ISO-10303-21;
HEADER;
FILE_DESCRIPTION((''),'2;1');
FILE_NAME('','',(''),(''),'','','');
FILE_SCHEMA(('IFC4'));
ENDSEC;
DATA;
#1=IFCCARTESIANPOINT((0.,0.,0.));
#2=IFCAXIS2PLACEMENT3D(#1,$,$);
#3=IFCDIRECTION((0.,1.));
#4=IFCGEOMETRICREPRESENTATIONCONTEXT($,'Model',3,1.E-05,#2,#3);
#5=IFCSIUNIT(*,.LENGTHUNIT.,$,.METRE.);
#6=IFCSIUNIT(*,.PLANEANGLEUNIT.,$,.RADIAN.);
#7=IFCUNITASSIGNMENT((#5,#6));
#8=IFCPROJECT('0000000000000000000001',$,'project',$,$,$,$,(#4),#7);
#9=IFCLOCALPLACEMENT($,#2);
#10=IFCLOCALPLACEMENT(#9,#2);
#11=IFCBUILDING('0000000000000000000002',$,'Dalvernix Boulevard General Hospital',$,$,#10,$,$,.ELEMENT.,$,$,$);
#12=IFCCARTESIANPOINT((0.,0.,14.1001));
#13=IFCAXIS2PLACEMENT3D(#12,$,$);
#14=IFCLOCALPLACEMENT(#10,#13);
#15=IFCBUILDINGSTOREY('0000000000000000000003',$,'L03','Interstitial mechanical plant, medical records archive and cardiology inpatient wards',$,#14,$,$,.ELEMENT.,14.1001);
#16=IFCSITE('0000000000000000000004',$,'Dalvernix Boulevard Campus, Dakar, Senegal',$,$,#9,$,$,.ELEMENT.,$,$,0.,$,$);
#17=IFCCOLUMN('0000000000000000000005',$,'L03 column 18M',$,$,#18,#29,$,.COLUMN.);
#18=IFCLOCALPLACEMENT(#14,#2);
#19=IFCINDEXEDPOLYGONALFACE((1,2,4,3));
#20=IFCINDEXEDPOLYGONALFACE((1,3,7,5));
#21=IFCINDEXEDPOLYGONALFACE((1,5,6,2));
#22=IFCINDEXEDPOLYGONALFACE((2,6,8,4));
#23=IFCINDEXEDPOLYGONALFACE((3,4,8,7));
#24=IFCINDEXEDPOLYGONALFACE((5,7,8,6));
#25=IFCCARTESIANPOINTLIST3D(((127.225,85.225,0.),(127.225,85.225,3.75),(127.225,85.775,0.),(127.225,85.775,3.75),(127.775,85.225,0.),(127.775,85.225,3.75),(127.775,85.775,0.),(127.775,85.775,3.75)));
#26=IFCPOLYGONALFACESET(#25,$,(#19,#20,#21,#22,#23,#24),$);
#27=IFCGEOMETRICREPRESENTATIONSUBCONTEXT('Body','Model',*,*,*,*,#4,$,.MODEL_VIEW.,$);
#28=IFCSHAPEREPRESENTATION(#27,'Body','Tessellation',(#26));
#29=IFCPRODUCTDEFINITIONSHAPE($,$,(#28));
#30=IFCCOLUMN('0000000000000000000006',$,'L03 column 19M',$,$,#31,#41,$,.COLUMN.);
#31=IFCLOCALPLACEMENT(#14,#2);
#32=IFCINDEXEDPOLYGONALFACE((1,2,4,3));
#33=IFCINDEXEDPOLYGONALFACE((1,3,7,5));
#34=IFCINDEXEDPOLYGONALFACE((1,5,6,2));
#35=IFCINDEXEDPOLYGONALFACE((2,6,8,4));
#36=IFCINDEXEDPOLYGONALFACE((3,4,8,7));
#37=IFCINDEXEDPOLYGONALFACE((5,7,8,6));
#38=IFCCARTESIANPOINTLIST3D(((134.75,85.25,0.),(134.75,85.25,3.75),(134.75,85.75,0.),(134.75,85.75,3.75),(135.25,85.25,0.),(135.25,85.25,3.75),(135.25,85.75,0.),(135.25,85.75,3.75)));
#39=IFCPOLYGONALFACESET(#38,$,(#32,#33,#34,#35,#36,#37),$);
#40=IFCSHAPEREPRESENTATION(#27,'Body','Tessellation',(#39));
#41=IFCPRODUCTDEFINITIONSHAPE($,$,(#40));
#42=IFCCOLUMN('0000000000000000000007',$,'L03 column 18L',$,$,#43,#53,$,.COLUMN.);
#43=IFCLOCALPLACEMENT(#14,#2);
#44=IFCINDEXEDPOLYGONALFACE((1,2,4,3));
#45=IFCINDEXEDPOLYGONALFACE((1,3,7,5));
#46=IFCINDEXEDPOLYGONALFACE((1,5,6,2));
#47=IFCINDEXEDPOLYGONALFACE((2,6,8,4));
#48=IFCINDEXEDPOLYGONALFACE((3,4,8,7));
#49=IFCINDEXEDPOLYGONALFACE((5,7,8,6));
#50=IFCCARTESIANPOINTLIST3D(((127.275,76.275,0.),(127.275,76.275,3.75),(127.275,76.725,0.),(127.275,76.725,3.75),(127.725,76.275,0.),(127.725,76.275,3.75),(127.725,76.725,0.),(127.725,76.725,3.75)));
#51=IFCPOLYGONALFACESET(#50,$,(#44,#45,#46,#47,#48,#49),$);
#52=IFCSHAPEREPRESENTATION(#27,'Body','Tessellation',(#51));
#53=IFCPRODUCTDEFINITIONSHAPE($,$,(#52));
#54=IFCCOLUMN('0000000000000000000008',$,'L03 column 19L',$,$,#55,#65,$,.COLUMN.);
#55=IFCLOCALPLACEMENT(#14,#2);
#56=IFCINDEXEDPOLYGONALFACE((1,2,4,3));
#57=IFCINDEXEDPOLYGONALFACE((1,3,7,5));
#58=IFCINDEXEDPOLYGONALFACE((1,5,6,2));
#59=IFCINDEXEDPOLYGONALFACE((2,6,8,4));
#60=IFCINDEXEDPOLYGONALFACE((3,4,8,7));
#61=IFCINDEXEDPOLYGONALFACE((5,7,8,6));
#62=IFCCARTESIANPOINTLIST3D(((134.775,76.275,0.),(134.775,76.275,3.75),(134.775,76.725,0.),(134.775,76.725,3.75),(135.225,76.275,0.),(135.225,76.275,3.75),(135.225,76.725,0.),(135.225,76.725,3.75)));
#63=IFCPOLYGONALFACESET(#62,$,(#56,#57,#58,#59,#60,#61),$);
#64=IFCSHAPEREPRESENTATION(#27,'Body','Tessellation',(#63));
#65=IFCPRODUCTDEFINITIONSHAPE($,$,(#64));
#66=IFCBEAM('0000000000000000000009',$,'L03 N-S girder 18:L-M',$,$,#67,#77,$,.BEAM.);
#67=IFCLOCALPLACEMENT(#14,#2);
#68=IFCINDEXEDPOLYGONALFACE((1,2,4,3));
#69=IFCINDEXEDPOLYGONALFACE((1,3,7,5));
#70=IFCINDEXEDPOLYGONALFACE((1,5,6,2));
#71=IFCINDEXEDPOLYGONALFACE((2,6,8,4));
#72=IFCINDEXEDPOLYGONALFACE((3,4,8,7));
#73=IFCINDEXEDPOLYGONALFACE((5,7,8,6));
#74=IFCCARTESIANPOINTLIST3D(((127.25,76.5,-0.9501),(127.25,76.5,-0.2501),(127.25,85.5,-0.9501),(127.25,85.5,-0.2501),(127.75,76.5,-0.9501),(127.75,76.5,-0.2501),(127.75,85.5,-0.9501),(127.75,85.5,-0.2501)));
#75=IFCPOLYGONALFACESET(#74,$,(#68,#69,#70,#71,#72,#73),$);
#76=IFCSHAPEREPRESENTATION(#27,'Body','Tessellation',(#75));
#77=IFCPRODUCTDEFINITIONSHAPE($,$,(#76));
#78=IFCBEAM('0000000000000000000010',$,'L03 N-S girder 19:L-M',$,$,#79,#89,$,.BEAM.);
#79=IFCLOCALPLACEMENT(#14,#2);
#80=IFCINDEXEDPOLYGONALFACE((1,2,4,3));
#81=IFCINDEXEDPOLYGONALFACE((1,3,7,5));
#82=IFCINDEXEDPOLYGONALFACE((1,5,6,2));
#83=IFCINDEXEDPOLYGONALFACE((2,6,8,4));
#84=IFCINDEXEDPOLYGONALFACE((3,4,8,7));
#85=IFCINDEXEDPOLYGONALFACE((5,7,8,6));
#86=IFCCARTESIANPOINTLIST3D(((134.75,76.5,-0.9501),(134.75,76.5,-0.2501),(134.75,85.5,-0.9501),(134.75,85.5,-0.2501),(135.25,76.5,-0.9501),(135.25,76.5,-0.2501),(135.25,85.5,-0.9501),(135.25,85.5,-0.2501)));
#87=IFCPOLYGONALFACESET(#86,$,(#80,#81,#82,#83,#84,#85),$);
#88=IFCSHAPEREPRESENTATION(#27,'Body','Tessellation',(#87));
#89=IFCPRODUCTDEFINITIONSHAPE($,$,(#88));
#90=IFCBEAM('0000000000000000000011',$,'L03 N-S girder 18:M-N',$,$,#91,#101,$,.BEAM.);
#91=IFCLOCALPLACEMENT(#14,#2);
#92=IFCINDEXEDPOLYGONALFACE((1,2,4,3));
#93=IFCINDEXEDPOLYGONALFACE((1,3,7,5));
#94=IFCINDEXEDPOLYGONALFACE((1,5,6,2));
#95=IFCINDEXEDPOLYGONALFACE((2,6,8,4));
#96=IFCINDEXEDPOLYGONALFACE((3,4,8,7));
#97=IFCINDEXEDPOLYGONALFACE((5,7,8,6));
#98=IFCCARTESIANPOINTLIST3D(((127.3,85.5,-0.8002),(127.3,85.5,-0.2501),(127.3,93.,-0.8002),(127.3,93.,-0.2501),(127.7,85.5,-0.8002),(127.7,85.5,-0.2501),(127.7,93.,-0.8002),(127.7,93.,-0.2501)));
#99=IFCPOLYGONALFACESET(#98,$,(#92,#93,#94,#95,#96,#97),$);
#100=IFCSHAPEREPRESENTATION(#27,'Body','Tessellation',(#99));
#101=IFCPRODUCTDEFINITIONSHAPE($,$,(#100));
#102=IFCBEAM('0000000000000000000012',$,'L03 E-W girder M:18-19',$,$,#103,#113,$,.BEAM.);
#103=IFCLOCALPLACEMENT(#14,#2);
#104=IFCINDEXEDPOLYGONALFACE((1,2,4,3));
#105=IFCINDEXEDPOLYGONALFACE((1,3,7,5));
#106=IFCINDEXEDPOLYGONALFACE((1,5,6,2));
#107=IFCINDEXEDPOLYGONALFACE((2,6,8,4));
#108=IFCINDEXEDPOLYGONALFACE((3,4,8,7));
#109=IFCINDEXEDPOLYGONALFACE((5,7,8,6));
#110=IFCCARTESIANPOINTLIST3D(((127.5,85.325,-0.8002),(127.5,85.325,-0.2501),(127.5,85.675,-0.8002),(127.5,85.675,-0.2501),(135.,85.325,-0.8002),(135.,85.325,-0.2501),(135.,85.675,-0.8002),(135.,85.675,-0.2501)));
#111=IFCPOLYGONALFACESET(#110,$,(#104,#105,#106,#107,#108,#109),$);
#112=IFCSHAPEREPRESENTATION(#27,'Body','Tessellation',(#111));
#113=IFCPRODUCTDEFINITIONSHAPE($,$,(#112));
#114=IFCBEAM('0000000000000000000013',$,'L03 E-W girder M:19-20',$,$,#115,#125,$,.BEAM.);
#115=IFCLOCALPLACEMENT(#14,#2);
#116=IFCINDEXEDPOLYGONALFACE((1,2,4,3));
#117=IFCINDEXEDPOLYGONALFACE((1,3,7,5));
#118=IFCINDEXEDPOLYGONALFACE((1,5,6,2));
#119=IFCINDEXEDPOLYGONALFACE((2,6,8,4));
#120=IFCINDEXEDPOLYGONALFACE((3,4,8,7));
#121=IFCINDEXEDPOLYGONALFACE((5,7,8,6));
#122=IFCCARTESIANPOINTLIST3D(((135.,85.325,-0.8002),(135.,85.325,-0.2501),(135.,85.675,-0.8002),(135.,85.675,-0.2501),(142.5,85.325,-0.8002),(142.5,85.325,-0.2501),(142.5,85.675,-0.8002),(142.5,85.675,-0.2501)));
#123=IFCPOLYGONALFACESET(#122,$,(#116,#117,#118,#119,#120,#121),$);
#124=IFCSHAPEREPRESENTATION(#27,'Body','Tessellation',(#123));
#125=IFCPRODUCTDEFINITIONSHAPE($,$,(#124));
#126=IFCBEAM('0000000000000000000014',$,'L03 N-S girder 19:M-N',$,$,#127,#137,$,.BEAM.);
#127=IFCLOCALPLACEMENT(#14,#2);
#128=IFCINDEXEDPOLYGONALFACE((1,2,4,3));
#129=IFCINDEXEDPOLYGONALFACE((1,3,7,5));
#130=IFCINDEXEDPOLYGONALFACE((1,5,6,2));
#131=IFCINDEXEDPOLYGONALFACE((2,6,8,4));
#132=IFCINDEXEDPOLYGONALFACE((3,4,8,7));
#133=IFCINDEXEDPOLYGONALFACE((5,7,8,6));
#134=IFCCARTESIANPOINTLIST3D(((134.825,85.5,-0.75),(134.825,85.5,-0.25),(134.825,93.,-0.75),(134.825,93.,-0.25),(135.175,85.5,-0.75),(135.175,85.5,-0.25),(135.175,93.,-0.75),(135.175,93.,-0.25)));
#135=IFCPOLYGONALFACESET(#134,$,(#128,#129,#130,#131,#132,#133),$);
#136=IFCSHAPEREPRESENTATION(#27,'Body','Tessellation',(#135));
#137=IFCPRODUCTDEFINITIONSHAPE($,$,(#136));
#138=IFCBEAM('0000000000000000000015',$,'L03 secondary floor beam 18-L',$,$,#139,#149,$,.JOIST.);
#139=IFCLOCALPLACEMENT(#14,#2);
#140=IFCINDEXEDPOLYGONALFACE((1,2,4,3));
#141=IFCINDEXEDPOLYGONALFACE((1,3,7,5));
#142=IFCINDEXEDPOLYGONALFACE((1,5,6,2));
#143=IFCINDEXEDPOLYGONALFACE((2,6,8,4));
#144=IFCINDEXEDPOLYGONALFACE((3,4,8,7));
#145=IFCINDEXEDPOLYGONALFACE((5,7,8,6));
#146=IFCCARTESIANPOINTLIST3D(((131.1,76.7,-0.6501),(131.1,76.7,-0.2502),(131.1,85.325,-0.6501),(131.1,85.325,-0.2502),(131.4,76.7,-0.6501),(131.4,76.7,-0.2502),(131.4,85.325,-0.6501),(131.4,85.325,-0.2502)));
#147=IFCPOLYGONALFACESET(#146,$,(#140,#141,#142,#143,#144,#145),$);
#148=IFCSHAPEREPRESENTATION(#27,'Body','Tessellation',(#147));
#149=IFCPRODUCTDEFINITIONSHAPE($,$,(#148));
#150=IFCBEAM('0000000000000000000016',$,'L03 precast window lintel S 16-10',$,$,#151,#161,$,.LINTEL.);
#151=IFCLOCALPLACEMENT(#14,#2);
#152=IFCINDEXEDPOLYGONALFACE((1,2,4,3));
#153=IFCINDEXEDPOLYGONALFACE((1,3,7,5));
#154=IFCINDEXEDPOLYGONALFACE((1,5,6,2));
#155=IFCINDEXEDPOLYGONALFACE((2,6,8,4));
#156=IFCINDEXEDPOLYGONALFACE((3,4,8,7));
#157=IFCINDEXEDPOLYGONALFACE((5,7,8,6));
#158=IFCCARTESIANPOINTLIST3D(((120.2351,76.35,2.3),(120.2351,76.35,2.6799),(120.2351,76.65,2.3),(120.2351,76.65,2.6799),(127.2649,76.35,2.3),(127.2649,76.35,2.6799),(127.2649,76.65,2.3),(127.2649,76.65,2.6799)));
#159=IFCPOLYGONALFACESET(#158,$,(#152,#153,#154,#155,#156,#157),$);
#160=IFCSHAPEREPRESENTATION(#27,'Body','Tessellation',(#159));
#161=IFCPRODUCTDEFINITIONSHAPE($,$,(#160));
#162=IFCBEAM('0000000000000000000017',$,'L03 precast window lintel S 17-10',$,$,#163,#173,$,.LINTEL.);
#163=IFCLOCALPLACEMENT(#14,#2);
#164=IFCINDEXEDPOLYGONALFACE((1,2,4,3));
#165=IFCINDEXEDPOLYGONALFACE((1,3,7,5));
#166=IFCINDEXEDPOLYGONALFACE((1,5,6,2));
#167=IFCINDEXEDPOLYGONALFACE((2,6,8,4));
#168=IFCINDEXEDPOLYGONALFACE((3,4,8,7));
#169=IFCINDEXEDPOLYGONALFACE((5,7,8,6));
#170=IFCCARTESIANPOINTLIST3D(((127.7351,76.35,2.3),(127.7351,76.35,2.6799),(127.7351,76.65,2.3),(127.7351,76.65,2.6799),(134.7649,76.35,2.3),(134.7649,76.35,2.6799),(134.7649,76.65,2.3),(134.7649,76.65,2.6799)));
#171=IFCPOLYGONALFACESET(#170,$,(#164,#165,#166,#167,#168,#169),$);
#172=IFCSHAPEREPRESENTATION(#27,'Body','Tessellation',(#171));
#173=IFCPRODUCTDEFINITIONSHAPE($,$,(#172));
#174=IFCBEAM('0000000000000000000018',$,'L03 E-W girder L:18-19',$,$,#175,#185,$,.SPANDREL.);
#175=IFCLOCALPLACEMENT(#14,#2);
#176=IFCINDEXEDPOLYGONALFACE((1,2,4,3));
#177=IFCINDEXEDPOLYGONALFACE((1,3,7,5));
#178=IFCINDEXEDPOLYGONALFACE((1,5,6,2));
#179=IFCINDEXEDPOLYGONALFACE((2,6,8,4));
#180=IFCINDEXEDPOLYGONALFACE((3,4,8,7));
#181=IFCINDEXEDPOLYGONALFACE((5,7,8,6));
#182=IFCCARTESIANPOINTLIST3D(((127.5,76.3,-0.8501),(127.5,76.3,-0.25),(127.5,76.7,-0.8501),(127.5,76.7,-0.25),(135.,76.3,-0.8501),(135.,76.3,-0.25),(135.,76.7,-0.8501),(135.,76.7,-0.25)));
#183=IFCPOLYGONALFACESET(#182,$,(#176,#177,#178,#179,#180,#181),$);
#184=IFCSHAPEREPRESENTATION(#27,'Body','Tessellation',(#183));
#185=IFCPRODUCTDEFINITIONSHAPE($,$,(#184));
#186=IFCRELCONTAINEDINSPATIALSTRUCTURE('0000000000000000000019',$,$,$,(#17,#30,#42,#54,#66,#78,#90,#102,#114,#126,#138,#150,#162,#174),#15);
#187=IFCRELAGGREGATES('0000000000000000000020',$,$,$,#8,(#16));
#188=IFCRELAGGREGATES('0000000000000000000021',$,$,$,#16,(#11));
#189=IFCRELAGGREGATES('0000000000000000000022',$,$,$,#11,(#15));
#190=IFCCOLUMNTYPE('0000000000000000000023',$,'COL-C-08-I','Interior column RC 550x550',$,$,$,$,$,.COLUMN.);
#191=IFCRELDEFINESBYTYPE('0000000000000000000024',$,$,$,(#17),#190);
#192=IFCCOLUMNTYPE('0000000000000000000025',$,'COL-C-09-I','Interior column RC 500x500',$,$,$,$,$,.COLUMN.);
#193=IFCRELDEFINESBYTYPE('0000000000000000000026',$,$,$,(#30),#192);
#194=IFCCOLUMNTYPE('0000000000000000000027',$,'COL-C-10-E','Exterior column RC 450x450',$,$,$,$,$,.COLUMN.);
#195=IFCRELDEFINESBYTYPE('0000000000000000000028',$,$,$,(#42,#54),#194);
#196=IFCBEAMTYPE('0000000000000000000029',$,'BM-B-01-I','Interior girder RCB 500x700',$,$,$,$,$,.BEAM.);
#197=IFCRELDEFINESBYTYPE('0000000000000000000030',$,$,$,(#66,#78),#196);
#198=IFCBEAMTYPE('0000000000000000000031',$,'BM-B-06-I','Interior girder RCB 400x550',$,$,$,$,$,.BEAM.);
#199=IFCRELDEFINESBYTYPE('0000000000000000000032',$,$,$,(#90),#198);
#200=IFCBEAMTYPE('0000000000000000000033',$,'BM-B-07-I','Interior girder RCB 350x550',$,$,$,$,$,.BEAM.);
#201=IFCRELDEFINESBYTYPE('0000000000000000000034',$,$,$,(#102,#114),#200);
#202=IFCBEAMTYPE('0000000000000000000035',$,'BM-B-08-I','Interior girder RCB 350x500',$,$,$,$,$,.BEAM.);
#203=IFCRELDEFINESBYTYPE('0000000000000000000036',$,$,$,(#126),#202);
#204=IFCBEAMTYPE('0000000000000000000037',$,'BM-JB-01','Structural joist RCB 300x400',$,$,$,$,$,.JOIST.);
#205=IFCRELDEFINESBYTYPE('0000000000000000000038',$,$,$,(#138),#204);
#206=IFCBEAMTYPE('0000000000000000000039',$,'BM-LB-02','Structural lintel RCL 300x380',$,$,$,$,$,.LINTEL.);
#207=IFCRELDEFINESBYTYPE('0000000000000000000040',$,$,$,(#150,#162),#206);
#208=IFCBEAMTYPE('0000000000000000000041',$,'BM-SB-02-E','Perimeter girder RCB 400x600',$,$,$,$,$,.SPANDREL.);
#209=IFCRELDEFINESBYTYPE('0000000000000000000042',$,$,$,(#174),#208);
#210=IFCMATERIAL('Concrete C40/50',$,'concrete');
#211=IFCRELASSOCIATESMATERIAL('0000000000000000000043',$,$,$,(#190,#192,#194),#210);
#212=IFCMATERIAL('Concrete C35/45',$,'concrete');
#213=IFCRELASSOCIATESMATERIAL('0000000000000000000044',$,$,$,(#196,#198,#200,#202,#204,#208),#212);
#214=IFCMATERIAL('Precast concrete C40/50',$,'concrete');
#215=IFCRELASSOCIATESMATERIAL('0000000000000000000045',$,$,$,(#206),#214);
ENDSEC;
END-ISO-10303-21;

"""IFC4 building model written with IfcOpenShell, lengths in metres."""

from ifc_helpers import new_model, si_unit, direction, frame, origin, origin_2d, place, context, subcontext, project, spatial, rectangle, extrude, material, material_profile, profile_set, type_object, element, save


model = new_model("IFC4")

# Units and contexts
model_context = context("Model", 3, precision=1e-05, world=origin(), true_north=direction((0.0, 1.0)))
body_context = subcontext(model_context, "Body", "Model", "MODEL_VIEW")
ifc_project = project(units=[si_unit("LENGTHUNIT", "METRE"), si_unit("PLANEANGLEUNIT", "RADIAN")], contexts=[model_context])

# Site, building, storey
site_placement = place(None, origin())
site = spatial("IfcSite", under=ifc_project, at=site_placement, Name="Dalvernix Boulevard Campus, Dakar, Senegal", CompositionType="ELEMENT", RefElevation=0.0)
building_placement = place(site_placement, origin())
building = spatial("IfcBuilding", under=site, at=building_placement, Name="Dalvernix Boulevard General Hospital", CompositionType="ELEMENT")
storey_placement = place(building_placement, frame((0.0, 0.0, 14.1001)))
storey = spatial("IfcBuildingStorey", under=building, at=storey_placement, Name="L03", Description="Interstitial mechanical plant, medical records archive and cardiology inpatient wards", CompositionType="ELEMENT", Elevation=14.1001)

# Columns
ifc_material_1 = material(Name="Concrete C40/50", Category="concrete")
ifc_material_profile_1 = material_profile(ifc_material_1, rectangle(XDim=0.55, YDim=0.55, at=origin_2d()), Name="RC 550x550")
ifc_profile_set_1 = profile_set([ifc_material_profile_1], Name="Concrete C40/50")
column_type_1 = type_object("IfcColumnType", Name="COL-C-08-I", Description="Interior column RC 550x550", PredefinedType="COLUMN", material=ifc_profile_set_1)
column_1_placement = place(storey_placement, frame((127.5, 85.5, 0.0), z_axis=(0.0, 0.0, 1.0), x_axis=(1.0, 0.0, 0.0)))
element("IfcColumn", 1, at=column_1_placement, inside=storey, type_object=column_type_1, Name="L03 column 18M", PredefinedType="COLUMN", context=body_context, shape_type="SweptSolid", body=[
    extrude(rectangle(XDim=0.55, YDim=0.55, at=origin_2d()), origin(), (0.0, 0.0, 1.0), 3.75),
])
ifc_material_profile_2 = material_profile(ifc_material_1, rectangle(XDim=0.5, YDim=0.5, at=origin_2d()), Name="RC 500x500")
ifc_profile_set_2 = profile_set([ifc_material_profile_2], Name="Concrete C40/50")
column_type_2 = type_object("IfcColumnType", Name="COL-C-09-I", Description="Interior column RC 500x500", PredefinedType="COLUMN", material=ifc_profile_set_2)
column_2_placement = place(storey_placement, frame((135.0, 85.5, 0.0), z_axis=(0.0, 0.0, 1.0), x_axis=(1.0, 0.0, 0.0)))
element("IfcColumn", 2, at=column_2_placement, inside=storey, type_object=column_type_2, Name="L03 column 19M", PredefinedType="COLUMN", context=body_context, shape_type="SweptSolid", body=[
    extrude(rectangle(XDim=0.5, YDim=0.5, at=origin_2d()), origin(), (0.0, 0.0, 1.0), 3.75),
])
ifc_material_profile_3 = material_profile(ifc_material_1, rectangle(XDim=0.45, YDim=0.45, at=origin_2d()), Name="RC 450x450")
ifc_profile_set_3 = profile_set([ifc_material_profile_3], Name="Concrete C40/50")
column_type_3 = type_object("IfcColumnType", Name="COL-C-10-E", Description="Exterior column RC 450x450", PredefinedType="COLUMN", material=ifc_profile_set_3)
for number, where, z_axis, x_axis, name in (
    (3, (127.5, 76.5, 0.0), (0.0, 0.0, 1.0), (1.0, 0.0, 0.0), "L03 column 18L"),
    (4, (135.0, 76.5, 0.0), (0.0, 0.0, 1.0), (1.0, 0.0, 0.0), "L03 column 19L"),
):
    element("IfcColumn", number, at=place(storey_placement, frame(where, z_axis=z_axis, x_axis=x_axis)), inside=storey, type_object=column_type_3, Name=name, PredefinedType="COLUMN", context=body_context, shape_type="SweptSolid", body=[
        extrude(rectangle(XDim=0.45, YDim=0.45, at=origin_2d()), origin(), (0.0, 0.0, 1.0), 3.75),
    ])

# Beams
ifc_material_2 = material(Name="Concrete C35/45", Category="concrete")
ifc_material_profile_4 = material_profile(ifc_material_2, rectangle(XDim=0.5, YDim=0.7, at=origin_2d()), Name="RCB 500x700")
ifc_profile_set_4 = profile_set([ifc_material_profile_4], Name="Concrete C35/45")
beam_type_1 = type_object("IfcBeamType", Name="BM-B-01-I", Description="Interior girder RCB 500x700", PredefinedType="BEAM", material=ifc_profile_set_4)
for number, where, z_axis, x_axis, name in (
    (5, (127.5, 76.5, -0.6001), (0.0, 1.0, 0.0), (-1.0, 0.0, 0.0), "L03 N-S girder 18:L-M"),
    (6, (135.0, 76.5, -0.6001), (0.0, 1.0, 0.0), (-1.0, 0.0, 0.0), "L03 N-S girder 19:L-M"),
):
    element("IfcBeam", number, at=place(storey_placement, frame(where, z_axis=z_axis, x_axis=x_axis)), inside=storey, type_object=beam_type_1, Name=name, PredefinedType="BEAM", context=body_context, shape_type="SweptSolid", body=[
        extrude(rectangle(XDim=0.5, YDim=0.7, at=origin_2d()), origin(), (0.0, 0.0, 1.0), 9.0),
    ])
ifc_material_profile_5 = material_profile(ifc_material_2, rectangle(XDim=0.3999, YDim=0.55, at=origin_2d()), Name="RCB 400x550")
ifc_profile_set_5 = profile_set([ifc_material_profile_5], Name="Concrete C35/45")
beam_type_2 = type_object("IfcBeamType", Name="BM-B-06-I", Description="Interior girder RCB 400x550", PredefinedType="BEAM", material=ifc_profile_set_5)
beam_1_placement = place(storey_placement, frame((127.5, 85.5, -0.5251), z_axis=(0.0, 1.0, 0.0), x_axis=(-1.0, 0.0, 0.0)))
element("IfcBeam", 7, at=beam_1_placement, inside=storey, type_object=beam_type_2, Name="L03 N-S girder 18:M-N", PredefinedType="BEAM", context=body_context, shape_type="SweptSolid", body=[
    extrude(rectangle(XDim=0.3999, YDim=0.55, at=origin_2d()), origin(), (0.0, 0.0, 1.0), 7.5),
])
ifc_material_profile_6 = material_profile(ifc_material_2, rectangle(XDim=0.3501, YDim=0.55, at=origin_2d()), Name="RCB 350x550")
ifc_profile_set_6 = profile_set([ifc_material_profile_6], Name="Concrete C35/45")
beam_type_3 = type_object("IfcBeamType", Name="BM-B-07-I", Description="Interior girder RCB 350x550", PredefinedType="BEAM", material=ifc_profile_set_6)
for number, where, z_axis, x_axis, name in (
    (8, (127.5, 85.5, -0.5251), (1.0, 0.0, 0.0), (0.0, 1.0, 0.0), "L03 E-W girder M:18-19"),
    (9, (135.0, 85.5, -0.5251), (1.0, 0.0, 0.0), (0.0, 1.0, 0.0), "L03 E-W girder M:19-20"),
):
    element("IfcBeam", number, at=place(storey_placement, frame(where, z_axis=z_axis, x_axis=x_axis)), inside=storey, type_object=beam_type_3, Name=name, PredefinedType="BEAM", context=body_context, shape_type="SweptSolid", body=[
        extrude(rectangle(XDim=0.3501, YDim=0.55, at=origin_2d()), origin(), (0.0, 0.0, 1.0), 7.5),
    ])
ifc_material_profile_7 = material_profile(ifc_material_2, rectangle(XDim=0.3501, YDim=0.5, at=origin_2d()), Name="RCB 350x500")
ifc_profile_set_7 = profile_set([ifc_material_profile_7], Name="Concrete C35/45")
beam_type_4 = type_object("IfcBeamType", Name="BM-B-08-I", Description="Interior girder RCB 350x500", PredefinedType="BEAM", material=ifc_profile_set_7)
beam_2_placement = place(storey_placement, frame((135.0, 85.5, -0.5), z_axis=(0.0, 1.0, 0.0), x_axis=(-1.0, 0.0, 0.0)))
element("IfcBeam", 10, at=beam_2_placement, inside=storey, type_object=beam_type_4, Name="L03 N-S girder 19:M-N", PredefinedType="BEAM", context=body_context, shape_type="SweptSolid", body=[
    extrude(rectangle(XDim=0.3501, YDim=0.5, at=origin_2d()), origin(), (0.0, 0.0, 1.0), 7.5),
])
ifc_material_profile_8 = material_profile(ifc_material_2, rectangle(XDim=0.3, YDim=0.3999, at=origin_2d()), Name="RCB 300x400")
ifc_profile_set_8 = profile_set([ifc_material_profile_8], Name="Concrete C35/45")
beam_type_5 = type_object("IfcBeamType", Name="BM-JB-01", Description="Structural joist RCB 300x400", PredefinedType="JOIST", material=ifc_profile_set_8)
beam_3_placement = place(storey_placement, frame((131.25, 76.7, -0.4502), z_axis=(0.0, 1.0, 0.0), x_axis=(-1.0, 0.0, 0.0)))
element("IfcBeam", 11, at=beam_3_placement, inside=storey, type_object=beam_type_5, Name="L03 secondary floor beam 18-L", PredefinedType="JOIST", context=body_context, shape_type="SweptSolid", body=[
    extrude(rectangle(XDim=0.3, YDim=0.3999, at=origin_2d()), origin(), (0.0, 0.0, 1.0), 8.625),
])
ifc_material_3 = material(Name="Precast concrete C40/50", Category="concrete")
ifc_material_profile_9 = material_profile(ifc_material_3, rectangle(XDim=0.3, YDim=0.3799, at=origin_2d()), Name="RCL 300x380")
ifc_profile_set_9 = profile_set([ifc_material_profile_9], Name="Precast concrete C40/50")
beam_type_6 = type_object("IfcBeamType", Name="BM-LB-02", Description="Structural lintel RCL 300x380", PredefinedType="LINTEL", material=ifc_profile_set_9)
for number, where, z_axis, x_axis, name in (
    (12, (127.2649, 76.5, 2.49), (-1.0, 0.0, 0.0), (0.0, -1.0, 0.0), "L03 precast window lintel S 16-10"),
    (13, (134.7649, 76.5, 2.49), (-1.0, 0.0, 0.0), (0.0, -1.0, 0.0), "L03 precast window lintel S 17-10"),
):
    element("IfcBeam", number, at=place(storey_placement, frame(where, z_axis=z_axis, x_axis=x_axis)), inside=storey, type_object=beam_type_6, Name=name, PredefinedType="LINTEL", context=body_context, shape_type="SweptSolid", body=[
        extrude(rectangle(XDim=0.3, YDim=0.3799, at=origin_2d()), origin(), (0.0, 0.0, 1.0), 7.0298),
    ])
ifc_material_profile_10 = material_profile(ifc_material_2, rectangle(XDim=0.3999, YDim=0.6001, at=origin_2d()), Name="RCB 400x600")
ifc_profile_set_10 = profile_set([ifc_material_profile_10], Name="Concrete C35/45")
beam_type_7 = type_object("IfcBeamType", Name="BM-SB-02-E", Description="Perimeter girder RCB 400x600", PredefinedType="SPANDREL", material=ifc_profile_set_10)
for number, where, z_axis, x_axis, name in (
    (14, (127.5, 76.5, -0.55), (1.0, 0.0, 0.0), (0.0, 1.0, 0.0), "L03 E-W girder L:18-19"),
):
    element("IfcBeam", number, at=place(storey_placement, frame(where, z_axis=z_axis, x_axis=x_axis)), inside=storey, type_object=beam_type_7, Name=name, PredefinedType="SPANDREL", context=body_context, shape_type="SweptSolid", body=[
        extrude(rectangle(XDim=0.3999, YDim=0.6001, at=origin_2d()), origin(), (0.0, 0.0, 1.0), 7.5),
    ])

save(model, "model.ifc")
